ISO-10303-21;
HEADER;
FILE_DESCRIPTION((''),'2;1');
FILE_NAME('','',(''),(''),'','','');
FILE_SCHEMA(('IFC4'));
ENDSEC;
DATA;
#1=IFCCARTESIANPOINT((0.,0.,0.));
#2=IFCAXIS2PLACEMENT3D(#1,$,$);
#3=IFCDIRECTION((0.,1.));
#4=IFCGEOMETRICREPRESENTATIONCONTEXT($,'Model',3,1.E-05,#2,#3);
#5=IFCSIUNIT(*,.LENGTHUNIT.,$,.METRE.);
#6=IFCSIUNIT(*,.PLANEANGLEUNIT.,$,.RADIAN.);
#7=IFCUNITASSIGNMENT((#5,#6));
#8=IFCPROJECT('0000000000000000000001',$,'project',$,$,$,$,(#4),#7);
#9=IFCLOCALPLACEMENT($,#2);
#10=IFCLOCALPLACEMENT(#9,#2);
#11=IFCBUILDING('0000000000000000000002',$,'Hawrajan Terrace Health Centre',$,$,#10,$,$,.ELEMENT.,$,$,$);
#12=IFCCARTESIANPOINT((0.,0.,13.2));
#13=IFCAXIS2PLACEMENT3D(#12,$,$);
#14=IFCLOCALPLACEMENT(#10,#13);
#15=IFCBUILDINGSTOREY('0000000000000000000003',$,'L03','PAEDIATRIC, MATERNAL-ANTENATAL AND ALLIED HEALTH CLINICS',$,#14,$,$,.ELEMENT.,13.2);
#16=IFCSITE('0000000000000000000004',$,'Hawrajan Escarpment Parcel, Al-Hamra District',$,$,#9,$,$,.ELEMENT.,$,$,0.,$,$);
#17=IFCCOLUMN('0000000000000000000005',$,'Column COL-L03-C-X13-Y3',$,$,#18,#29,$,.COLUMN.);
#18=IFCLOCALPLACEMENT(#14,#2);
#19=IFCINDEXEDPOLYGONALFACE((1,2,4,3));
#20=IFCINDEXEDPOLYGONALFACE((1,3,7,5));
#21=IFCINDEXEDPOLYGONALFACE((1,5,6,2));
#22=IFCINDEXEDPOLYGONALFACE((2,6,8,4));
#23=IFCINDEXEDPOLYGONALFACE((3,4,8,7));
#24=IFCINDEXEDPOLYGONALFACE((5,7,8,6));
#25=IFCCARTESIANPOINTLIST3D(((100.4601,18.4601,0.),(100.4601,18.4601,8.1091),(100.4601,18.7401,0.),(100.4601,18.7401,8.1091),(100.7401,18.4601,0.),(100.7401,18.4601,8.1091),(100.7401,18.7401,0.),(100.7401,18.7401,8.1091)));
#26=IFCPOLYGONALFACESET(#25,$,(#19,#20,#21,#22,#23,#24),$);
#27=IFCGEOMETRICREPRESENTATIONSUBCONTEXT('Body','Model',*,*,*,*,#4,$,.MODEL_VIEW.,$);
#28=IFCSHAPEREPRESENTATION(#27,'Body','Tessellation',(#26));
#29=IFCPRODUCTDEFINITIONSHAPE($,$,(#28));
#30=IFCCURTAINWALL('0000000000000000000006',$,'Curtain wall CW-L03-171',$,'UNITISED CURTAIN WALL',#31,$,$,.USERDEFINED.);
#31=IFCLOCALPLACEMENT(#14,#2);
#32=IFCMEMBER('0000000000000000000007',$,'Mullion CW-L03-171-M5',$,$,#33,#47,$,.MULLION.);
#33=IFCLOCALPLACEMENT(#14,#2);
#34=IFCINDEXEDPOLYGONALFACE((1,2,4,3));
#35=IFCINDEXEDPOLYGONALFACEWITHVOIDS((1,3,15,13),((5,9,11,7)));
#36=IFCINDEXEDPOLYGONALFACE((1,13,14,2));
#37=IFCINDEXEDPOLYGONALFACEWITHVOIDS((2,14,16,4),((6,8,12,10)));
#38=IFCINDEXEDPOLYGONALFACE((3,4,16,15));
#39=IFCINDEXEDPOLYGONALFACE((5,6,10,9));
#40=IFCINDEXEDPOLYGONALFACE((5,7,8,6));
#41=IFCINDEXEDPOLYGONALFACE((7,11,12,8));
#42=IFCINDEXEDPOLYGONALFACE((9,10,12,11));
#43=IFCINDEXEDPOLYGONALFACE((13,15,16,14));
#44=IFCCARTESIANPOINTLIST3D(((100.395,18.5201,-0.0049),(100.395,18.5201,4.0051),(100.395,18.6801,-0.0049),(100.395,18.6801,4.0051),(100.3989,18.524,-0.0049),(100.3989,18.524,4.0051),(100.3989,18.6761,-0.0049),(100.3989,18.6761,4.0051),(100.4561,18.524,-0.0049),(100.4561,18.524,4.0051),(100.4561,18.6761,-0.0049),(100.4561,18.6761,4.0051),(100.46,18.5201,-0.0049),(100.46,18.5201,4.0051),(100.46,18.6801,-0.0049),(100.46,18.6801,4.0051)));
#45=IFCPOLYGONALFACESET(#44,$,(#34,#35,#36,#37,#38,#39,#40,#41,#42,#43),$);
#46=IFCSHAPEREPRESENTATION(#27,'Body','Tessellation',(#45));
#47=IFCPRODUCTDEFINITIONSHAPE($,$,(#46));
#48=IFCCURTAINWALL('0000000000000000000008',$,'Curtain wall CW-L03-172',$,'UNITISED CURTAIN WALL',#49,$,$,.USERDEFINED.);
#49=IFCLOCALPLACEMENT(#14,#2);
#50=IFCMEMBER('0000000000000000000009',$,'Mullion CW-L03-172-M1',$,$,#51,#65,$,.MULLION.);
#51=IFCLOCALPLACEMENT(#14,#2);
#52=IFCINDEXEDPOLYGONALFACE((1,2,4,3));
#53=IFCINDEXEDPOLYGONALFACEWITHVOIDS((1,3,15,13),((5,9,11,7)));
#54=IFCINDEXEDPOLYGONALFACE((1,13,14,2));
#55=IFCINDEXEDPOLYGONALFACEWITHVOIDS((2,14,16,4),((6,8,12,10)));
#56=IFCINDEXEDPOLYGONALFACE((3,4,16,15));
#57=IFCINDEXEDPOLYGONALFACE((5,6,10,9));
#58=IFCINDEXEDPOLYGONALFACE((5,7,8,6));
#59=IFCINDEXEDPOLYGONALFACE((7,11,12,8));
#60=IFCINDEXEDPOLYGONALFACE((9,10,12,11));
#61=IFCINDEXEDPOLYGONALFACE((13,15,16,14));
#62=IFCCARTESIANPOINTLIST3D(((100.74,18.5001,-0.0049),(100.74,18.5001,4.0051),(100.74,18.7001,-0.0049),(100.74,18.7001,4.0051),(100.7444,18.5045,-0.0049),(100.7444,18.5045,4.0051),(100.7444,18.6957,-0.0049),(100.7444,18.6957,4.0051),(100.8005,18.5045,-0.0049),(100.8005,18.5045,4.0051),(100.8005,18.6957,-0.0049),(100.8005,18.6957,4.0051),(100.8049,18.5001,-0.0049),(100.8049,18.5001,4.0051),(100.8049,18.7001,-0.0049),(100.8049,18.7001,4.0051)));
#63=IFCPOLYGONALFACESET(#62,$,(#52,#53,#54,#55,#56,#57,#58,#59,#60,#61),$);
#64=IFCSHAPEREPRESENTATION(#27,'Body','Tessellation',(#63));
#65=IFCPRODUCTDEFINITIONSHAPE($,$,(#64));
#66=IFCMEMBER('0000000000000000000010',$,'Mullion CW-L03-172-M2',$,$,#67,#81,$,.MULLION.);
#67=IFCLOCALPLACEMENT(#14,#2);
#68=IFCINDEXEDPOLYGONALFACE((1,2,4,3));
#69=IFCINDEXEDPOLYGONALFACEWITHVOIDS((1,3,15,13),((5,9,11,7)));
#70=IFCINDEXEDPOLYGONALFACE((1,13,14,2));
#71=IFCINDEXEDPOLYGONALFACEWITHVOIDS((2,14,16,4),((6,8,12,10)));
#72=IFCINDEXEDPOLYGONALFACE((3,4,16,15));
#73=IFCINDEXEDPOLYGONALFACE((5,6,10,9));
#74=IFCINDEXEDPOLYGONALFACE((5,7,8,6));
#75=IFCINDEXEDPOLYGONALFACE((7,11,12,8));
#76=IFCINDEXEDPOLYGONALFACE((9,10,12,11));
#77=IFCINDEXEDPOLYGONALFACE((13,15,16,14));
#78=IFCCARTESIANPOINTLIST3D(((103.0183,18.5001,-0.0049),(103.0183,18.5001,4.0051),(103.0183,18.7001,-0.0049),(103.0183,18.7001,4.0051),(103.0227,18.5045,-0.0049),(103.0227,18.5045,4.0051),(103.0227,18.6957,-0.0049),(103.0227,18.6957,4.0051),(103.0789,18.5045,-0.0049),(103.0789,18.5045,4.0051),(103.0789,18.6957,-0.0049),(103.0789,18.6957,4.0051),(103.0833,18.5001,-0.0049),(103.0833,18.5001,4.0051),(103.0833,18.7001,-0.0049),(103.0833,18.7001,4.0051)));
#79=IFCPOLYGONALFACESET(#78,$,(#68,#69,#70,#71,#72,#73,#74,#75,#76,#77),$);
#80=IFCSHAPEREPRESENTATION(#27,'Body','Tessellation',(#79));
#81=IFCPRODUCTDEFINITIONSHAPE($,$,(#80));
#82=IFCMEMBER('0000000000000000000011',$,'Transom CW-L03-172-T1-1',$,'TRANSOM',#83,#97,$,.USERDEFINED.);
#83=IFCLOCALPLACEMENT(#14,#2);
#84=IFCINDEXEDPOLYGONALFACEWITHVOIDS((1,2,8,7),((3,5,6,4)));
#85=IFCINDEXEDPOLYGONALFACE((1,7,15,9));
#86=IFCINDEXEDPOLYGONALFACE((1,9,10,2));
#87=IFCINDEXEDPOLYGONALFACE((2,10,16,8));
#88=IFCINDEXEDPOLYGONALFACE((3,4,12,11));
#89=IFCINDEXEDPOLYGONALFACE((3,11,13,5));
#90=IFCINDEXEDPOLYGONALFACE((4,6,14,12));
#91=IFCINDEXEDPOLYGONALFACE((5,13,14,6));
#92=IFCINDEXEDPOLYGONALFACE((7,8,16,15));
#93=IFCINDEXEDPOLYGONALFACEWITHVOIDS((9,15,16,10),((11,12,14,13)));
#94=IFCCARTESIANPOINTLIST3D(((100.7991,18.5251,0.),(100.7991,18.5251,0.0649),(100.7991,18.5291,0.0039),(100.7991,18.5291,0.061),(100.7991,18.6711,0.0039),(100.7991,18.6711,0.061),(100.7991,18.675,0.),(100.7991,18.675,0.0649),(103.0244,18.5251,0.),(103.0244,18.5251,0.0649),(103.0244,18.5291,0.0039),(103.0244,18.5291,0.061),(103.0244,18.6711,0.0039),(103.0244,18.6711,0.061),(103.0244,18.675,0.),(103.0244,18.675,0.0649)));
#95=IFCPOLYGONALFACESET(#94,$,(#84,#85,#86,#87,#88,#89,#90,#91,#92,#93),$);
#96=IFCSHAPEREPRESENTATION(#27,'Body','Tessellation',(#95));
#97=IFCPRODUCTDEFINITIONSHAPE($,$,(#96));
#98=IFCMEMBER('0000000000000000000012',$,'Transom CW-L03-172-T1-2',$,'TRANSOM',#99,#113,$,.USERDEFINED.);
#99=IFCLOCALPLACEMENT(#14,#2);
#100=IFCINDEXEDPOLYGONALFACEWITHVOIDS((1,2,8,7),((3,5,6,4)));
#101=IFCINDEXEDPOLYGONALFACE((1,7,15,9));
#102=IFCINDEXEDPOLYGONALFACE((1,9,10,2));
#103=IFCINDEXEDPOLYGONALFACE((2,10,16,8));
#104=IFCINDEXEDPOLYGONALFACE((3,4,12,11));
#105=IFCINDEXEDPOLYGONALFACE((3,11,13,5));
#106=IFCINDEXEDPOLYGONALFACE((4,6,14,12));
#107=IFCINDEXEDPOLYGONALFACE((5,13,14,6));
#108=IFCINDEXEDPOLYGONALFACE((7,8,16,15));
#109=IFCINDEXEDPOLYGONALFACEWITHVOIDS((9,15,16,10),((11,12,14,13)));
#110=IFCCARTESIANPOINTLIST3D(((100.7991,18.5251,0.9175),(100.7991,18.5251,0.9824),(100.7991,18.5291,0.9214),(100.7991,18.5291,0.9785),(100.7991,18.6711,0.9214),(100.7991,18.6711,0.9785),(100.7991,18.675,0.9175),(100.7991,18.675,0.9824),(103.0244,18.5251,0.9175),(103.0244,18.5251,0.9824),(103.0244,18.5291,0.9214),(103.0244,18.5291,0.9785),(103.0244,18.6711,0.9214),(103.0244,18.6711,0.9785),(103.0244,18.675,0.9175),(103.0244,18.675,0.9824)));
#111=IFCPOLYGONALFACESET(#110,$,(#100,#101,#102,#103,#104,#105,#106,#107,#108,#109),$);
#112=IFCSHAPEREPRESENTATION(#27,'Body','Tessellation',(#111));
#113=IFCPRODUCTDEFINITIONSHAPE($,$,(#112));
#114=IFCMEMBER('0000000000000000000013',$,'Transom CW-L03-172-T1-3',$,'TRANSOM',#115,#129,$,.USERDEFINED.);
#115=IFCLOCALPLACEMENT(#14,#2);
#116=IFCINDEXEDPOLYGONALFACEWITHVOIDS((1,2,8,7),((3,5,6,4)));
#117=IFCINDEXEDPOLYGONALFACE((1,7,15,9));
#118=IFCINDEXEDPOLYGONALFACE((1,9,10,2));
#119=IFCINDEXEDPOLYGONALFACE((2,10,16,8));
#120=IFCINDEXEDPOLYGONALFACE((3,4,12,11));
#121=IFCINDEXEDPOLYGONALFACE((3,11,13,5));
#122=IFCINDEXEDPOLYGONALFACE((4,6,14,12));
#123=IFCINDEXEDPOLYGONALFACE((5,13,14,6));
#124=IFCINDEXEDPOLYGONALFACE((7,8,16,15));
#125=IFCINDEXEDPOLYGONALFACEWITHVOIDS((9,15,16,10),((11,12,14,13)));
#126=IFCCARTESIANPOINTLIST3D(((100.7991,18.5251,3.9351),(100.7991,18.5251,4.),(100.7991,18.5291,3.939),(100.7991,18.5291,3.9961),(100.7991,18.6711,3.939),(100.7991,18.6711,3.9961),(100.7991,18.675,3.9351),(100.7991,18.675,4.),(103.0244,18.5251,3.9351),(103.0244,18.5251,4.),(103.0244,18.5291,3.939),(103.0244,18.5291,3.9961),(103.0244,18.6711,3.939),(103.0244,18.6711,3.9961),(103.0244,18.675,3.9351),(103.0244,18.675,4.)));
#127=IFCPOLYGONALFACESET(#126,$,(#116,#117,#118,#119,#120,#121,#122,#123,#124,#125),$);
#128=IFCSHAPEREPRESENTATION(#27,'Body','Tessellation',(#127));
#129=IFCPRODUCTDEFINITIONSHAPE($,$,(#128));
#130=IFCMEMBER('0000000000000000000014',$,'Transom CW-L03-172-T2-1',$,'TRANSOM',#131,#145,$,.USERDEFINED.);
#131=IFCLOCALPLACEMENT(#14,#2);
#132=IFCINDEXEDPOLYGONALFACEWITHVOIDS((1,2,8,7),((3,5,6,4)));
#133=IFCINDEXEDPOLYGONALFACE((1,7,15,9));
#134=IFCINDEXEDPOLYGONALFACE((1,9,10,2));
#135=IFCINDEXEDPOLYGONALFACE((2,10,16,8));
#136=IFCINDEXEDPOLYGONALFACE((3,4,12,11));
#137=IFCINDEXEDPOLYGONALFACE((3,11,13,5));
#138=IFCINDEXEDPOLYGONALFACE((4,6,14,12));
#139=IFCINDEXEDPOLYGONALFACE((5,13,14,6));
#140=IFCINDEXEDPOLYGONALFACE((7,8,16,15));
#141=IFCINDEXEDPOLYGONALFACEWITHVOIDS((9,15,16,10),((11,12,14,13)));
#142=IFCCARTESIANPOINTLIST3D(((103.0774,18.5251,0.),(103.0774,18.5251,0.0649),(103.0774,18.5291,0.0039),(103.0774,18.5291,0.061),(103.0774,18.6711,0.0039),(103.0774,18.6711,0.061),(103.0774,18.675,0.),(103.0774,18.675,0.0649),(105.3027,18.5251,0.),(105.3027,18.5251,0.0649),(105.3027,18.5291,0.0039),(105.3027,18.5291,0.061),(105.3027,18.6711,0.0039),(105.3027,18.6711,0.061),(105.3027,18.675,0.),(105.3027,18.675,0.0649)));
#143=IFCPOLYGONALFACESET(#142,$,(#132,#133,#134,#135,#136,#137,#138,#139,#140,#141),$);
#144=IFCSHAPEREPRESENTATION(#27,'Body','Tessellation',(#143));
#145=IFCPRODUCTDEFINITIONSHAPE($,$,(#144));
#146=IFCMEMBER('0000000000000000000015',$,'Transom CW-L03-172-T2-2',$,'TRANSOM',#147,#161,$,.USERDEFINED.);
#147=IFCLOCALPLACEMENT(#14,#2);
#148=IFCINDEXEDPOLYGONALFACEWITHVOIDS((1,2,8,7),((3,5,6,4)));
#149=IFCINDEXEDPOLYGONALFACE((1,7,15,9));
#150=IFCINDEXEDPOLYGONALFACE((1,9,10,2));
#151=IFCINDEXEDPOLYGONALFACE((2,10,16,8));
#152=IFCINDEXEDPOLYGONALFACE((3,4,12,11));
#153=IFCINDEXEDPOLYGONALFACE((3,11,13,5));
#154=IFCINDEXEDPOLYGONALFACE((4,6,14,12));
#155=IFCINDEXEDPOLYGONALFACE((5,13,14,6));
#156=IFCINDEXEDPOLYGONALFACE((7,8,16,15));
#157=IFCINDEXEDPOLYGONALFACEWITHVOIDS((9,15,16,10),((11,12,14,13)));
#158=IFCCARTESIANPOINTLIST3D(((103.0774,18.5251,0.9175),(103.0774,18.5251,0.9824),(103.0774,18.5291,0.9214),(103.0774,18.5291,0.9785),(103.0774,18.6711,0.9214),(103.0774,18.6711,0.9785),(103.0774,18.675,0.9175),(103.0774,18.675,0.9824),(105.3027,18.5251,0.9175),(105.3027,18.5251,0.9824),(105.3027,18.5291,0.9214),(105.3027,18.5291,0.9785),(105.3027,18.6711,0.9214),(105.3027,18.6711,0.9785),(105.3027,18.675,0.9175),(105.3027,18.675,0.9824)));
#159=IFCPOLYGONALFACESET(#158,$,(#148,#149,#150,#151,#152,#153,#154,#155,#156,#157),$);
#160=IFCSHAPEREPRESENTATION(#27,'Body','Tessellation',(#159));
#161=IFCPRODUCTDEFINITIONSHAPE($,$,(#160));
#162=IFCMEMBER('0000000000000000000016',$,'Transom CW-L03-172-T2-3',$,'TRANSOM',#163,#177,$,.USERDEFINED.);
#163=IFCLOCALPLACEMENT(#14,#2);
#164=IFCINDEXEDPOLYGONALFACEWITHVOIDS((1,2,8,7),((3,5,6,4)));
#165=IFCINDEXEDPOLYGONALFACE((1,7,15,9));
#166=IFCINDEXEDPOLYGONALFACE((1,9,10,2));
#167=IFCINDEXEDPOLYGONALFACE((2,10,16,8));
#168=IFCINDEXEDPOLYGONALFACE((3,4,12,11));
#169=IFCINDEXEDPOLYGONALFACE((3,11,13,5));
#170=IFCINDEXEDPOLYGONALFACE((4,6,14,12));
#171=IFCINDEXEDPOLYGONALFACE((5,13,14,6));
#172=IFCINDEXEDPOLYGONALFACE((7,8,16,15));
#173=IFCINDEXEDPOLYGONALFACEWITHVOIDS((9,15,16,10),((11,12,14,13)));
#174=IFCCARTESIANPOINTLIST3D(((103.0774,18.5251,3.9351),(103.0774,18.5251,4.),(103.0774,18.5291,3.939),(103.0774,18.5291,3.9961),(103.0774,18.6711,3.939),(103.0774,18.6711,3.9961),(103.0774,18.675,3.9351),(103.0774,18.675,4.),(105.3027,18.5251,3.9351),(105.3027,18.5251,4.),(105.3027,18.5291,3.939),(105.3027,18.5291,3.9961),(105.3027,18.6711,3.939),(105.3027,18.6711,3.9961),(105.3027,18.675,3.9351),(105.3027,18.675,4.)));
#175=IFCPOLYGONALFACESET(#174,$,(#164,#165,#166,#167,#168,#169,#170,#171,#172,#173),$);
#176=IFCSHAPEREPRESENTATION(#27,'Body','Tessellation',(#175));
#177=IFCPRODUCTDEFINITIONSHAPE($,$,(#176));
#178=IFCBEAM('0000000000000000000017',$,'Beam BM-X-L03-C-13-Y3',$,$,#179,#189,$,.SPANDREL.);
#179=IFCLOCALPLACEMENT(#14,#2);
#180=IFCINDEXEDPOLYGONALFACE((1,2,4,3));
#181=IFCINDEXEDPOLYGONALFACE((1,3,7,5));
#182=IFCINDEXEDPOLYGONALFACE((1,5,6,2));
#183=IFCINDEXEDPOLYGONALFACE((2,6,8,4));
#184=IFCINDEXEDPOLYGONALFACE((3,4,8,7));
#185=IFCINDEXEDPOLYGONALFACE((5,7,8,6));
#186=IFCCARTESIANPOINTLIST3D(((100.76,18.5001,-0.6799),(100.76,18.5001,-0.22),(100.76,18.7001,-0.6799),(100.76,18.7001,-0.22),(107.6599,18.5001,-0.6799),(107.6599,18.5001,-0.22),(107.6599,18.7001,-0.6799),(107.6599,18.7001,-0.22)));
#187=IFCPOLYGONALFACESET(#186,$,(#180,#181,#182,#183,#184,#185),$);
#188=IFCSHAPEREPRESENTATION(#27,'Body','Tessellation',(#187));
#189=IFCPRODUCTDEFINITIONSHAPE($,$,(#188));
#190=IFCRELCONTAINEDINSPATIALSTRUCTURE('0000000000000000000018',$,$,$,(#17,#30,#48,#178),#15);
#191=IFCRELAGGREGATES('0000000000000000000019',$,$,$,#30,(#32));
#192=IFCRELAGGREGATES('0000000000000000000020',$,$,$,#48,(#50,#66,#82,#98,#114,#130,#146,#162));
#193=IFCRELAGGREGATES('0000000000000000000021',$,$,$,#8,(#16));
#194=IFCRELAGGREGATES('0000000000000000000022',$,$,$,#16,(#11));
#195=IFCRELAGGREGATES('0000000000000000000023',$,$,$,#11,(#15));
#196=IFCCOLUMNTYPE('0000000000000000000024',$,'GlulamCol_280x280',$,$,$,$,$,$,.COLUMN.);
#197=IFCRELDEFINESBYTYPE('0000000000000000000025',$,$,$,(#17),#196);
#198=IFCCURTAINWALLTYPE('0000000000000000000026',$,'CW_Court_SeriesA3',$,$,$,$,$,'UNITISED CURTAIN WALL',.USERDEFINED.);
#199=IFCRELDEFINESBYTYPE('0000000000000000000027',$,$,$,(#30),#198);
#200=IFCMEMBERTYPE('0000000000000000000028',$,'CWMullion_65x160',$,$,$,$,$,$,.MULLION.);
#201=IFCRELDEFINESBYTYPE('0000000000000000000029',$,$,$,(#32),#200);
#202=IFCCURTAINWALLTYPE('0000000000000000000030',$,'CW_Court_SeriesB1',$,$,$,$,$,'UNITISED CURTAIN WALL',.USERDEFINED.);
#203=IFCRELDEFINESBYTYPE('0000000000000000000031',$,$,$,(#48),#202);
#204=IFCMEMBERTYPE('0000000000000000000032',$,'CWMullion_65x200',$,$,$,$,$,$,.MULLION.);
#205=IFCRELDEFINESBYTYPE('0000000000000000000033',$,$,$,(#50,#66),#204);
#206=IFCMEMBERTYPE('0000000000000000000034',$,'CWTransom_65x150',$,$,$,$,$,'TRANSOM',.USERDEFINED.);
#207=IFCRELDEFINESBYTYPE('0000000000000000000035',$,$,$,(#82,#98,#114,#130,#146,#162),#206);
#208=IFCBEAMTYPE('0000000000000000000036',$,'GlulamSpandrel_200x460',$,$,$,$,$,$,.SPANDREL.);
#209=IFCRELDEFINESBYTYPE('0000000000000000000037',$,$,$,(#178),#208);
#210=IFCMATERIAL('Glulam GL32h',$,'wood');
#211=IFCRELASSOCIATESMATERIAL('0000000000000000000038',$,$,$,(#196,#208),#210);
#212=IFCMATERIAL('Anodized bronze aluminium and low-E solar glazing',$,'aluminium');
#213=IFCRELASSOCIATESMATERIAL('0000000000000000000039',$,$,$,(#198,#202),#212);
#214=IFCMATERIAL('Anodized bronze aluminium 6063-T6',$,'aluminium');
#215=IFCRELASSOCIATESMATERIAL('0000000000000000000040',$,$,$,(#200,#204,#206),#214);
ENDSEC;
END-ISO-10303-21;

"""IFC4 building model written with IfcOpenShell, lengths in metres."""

from ifc_helpers import new_model, si_unit, direction, frame, origin, origin_2d, place, context, subcontext, project, spatial, rectangle, hollow_rectangle, extrude, material, material_profile, profile_set, type_object, element, aggregate, save


model = new_model("IFC4")

# Units and contexts
model_context = context("Model", 3, precision=1e-05, world=origin(), true_north=direction((0.0, 1.0)))
body_context = subcontext(model_context, "Body", "Model", "MODEL_VIEW")
ifc_project = project(units=[si_unit("LENGTHUNIT", "METRE"), si_unit("PLANEANGLEUNIT", "RADIAN")], contexts=[model_context])

# Site, building, storey
site_placement = place(None, origin())
site = spatial("IfcSite", under=ifc_project, at=site_placement, Name="Hawrajan Escarpment Parcel, Al-Hamra District", CompositionType="ELEMENT", RefElevation=0.0)
building_placement = place(site_placement, origin())
building = spatial("IfcBuilding", under=site, at=building_placement, Name="Hawrajan Terrace Health Centre", CompositionType="ELEMENT")
storey_placement = place(building_placement, frame((0.0, 0.0, 13.2)))
storey = spatial("IfcBuildingStorey", under=building, at=storey_placement, Name="L03", Description="PAEDIATRIC, MATERNAL-ANTENATAL AND ALLIED HEALTH CLINICS", CompositionType="ELEMENT", Elevation=13.2)

# Column
ifc_material_1 = material(Name="Glulam GL32h", Category="wood")
ifc_material_profile_1 = material_profile(ifc_material_1, rectangle(XDim=0.28, YDim=0.28, at=origin_2d()), Name="GL 280x280")
ifc_profile_set_1 = profile_set([ifc_material_profile_1], Name="Glulam GL32h")
column_type = type_object("IfcColumnType", Name="GlulamCol_280x280", PredefinedType="COLUMN", material=ifc_profile_set_1)
column_placement = place(storey_placement, frame((100.6001, 18.6001, 0.0), z_axis=(0.0, 0.0, 1.0), x_axis=(1.0, 0.0, 0.0)))
element("IfcColumn", 1, at=column_placement, inside=storey, type_object=column_type, Name="Column COL-L03-C-X13-Y3", PredefinedType="COLUMN", context=body_context, shape_type="SweptSolid", body=[
    extrude(rectangle(XDim=0.28, YDim=0.28, at=origin_2d()), origin(), (0.0, 0.0, 1.0), 8.1091),
])

# Curtain wall, member
ifc_material_2 = material(Name="Anodized bronze aluminium and low-E solar glazing", Category="aluminium")
curtain_wall_type_1 = type_object("IfcCurtainWallType", Name="CW_Court_SeriesA3", ElementType="UNITISED CURTAIN WALL", PredefinedType="USERDEFINED", material=ifc_material_2)
curtain_wall_1_placement = place(storey_placement, origin())
curtain_wall_1 = element("IfcCurtainWall", 2, at=curtain_wall_1_placement, inside=storey, type_object=curtain_wall_type_1, Name="Curtain wall CW-L03-171", ObjectType="UNITISED CURTAIN WALL", PredefinedType="USERDEFINED")
ifc_material_3 = material(Name="Anodized bronze aluminium 6063-T6", Category="aluminium")
ifc_material_profile_2 = material_profile(ifc_material_3, hollow_rectangle(XDim=0.0649, YDim=0.1599, WallThickness=0.0039, at=origin_2d()), Name="CW MUL 65x160")
ifc_profile_set_2 = profile_set([ifc_material_profile_2], Name="Anodized bronze aluminium 6063-T6")
member_type_1 = type_object("IfcMemberType", Name="CWMullion_65x160", PredefinedType="MULLION", material=ifc_profile_set_2)
member_1_placement = place(storey_placement, frame((100.4275, 18.6001, -0.0049), z_axis=(0.0, 0.0, 1.0), x_axis=(1.0, 0.0, 0.0)))
member_1 = element("IfcMember", 3, at=member_1_placement, type_object=member_type_1, Name="Mullion CW-L03-171-M5", PredefinedType="MULLION", context=body_context, shape_type="SweptSolid", body=[
    extrude(hollow_rectangle(XDim=0.0649, YDim=0.1599, WallThickness=0.0039, at=origin_2d()), origin(), (0.0, 0.0, 1.0), 4.01),
])

# Curtain wall, members
curtain_wall_type_2 = type_object("IfcCurtainWallType", Name="CW_Court_SeriesB1", ElementType="UNITISED CURTAIN WALL", PredefinedType="USERDEFINED", material=ifc_material_2)
curtain_wall_2_placement = place(storey_placement, origin())
curtain_wall_2 = element("IfcCurtainWall", 4, at=curtain_wall_2_placement, inside=storey, type_object=curtain_wall_type_2, Name="Curtain wall CW-L03-172", ObjectType="UNITISED CURTAIN WALL", PredefinedType="USERDEFINED")
ifc_material_profile_3 = material_profile(ifc_material_3, hollow_rectangle(XDim=0.0649, YDim=0.2, WallThickness=0.0044, at=origin_2d()), Name="CW MUL 65x200")
ifc_profile_set_3 = profile_set([ifc_material_profile_3], Name="Anodized bronze aluminium 6063-T6")
member_type_2 = type_object("IfcMemberType", Name="CWMullion_65x200", PredefinedType="MULLION", material=ifc_profile_set_3)
member_2_placement = place(storey_placement, frame((100.7725, 18.6001, -0.0049), z_axis=(0.0, 0.0, 1.0), x_axis=(1.0, 0.0, 0.0)))
member_2 = element("IfcMember", 5, at=member_2_placement, type_object=member_type_2, Name="Mullion CW-L03-172-M1", PredefinedType="MULLION", context=body_context, shape_type="SweptSolid", body=[
    extrude(hollow_rectangle(XDim=0.0649, YDim=0.2, WallThickness=0.0044, at=origin_2d()), origin(), (0.0, 0.0, 1.0), 4.01),
])
member_3_placement = place(storey_placement, frame((103.0508, 18.6001, -0.0049), z_axis=(0.0, 0.0, 1.0), x_axis=(1.0, 0.0, 0.0)))
member_3 = element("IfcMember", 6, at=member_3_placement, type_object=member_type_2, Name="Mullion CW-L03-172-M2", PredefinedType="MULLION", context=body_context, shape_type="SweptSolid", body=[
    extrude(hollow_rectangle(XDim=0.0649, YDim=0.2, WallThickness=0.0044, at=origin_2d()), origin(), (0.0, 0.0, 1.0), 4.01),
])
ifc_material_profile_4 = material_profile(ifc_material_3, hollow_rectangle(XDim=0.0649, YDim=0.1499, WallThickness=0.0039, at=origin_2d()), Name="CW TRN 65x150")
ifc_profile_set_4 = profile_set([ifc_material_profile_4], Name="Anodized bronze aluminium 6063-T6")
member_type_3 = type_object("IfcMemberType", Name="CWTransom_65x150", ElementType="TRANSOM", PredefinedType="USERDEFINED", material=ifc_profile_set_4)
member_4_placement = place(storey_placement, frame((100.7991, 18.6001, 0.0325), z_axis=(1.0, 0.0, 0.0), x_axis=(0.0, 0.0, 1.0)))
member_4 = element("IfcMember", 7, at=member_4_placement, type_object=member_type_3, Name="Transom CW-L03-172-T1-1", ObjectType="TRANSOM", PredefinedType="USERDEFINED", context=body_context, shape_type="SweptSolid", body=[
    extrude(hollow_rectangle(XDim=0.0649, YDim=0.1499, WallThickness=0.0039, at=origin_2d()), origin(), (0.0, 0.0, 1.0), 2.2253),
])
member_5_placement = place(storey_placement, frame((100.7991, 18.6001, 0.95), z_axis=(1.0, 0.0, 0.0), x_axis=(0.0, 0.0, 1.0)))
member_5 = element("IfcMember", 8, at=member_5_placement, type_object=member_type_3, Name="Transom CW-L03-172-T1-2", ObjectType="TRANSOM", PredefinedType="USERDEFINED", context=body_context, shape_type="SweptSolid", body=[
    extrude(hollow_rectangle(XDim=0.0649, YDim=0.1499, WallThickness=0.0039, at=origin_2d()), origin(), (0.0, 0.0, 1.0), 2.2253),
])
member_6_placement = place(storey_placement, frame((100.7991, 18.6001, 3.9675), z_axis=(1.0, 0.0, 0.0), x_axis=(0.0, 0.0, 1.0)))
member_6 = element("IfcMember", 9, at=member_6_placement, type_object=member_type_3, Name="Transom CW-L03-172-T1-3", ObjectType="TRANSOM", PredefinedType="USERDEFINED", context=body_context, shape_type="SweptSolid", body=[
    extrude(hollow_rectangle(XDim=0.0649, YDim=0.1499, WallThickness=0.0039, at=origin_2d()), origin(), (0.0, 0.0, 1.0), 2.2253),
])
member_7_placement = place(storey_placement, frame((103.0774, 18.6001, 0.0325), z_axis=(1.0, 0.0, 0.0), x_axis=(0.0, 0.0, 1.0)))
member_7 = element("IfcMember", 10, at=member_7_placement, type_object=member_type_3, Name="Transom CW-L03-172-T2-1", ObjectType="TRANSOM", PredefinedType="USERDEFINED", context=body_context, shape_type="SweptSolid", body=[
    extrude(hollow_rectangle(XDim=0.0649, YDim=0.1499, WallThickness=0.0039, at=origin_2d()), origin(), (0.0, 0.0, 1.0), 2.2253),
])
member_8_placement = place(storey_placement, frame((103.0774, 18.6001, 0.95), z_axis=(1.0, 0.0, 0.0), x_axis=(0.0, 0.0, 1.0)))
member_8 = element("IfcMember", 11, at=member_8_placement, type_object=member_type_3, Name="Transom CW-L03-172-T2-2", ObjectType="TRANSOM", PredefinedType="USERDEFINED", context=body_context, shape_type="SweptSolid", body=[
    extrude(hollow_rectangle(XDim=0.0649, YDim=0.1499, WallThickness=0.0039, at=origin_2d()), origin(), (0.0, 0.0, 1.0), 2.2253),
])
member_9_placement = place(storey_placement, frame((103.0774, 18.6001, 3.9675), z_axis=(1.0, 0.0, 0.0), x_axis=(0.0, 0.0, 1.0)))
member_9 = element("IfcMember", 12, at=member_9_placement, type_object=member_type_3, Name="Transom CW-L03-172-T2-3", ObjectType="TRANSOM", PredefinedType="USERDEFINED", context=body_context, shape_type="SweptSolid", body=[
    extrude(hollow_rectangle(XDim=0.0649, YDim=0.1499, WallThickness=0.0039, at=origin_2d()), origin(), (0.0, 0.0, 1.0), 2.2253),
])

# Beam
ifc_material_profile_5 = material_profile(ifc_material_1, rectangle(XDim=0.2, YDim=0.46, at=origin_2d()), Name="GL SP 200x460")
ifc_profile_set_5 = profile_set([ifc_material_profile_5], Name="Glulam GL32h")
beam_type = type_object("IfcBeamType", Name="GlulamSpandrel_200x460", PredefinedType="SPANDREL", material=ifc_profile_set_5)
beam_placement = place(storey_placement, frame((100.76, 18.6001, -0.45), z_axis=(1.0, 0.0, 0.0), x_axis=(0.0, 1.0, 0.0)))
element("IfcBeam", 13, at=beam_placement, inside=storey, type_object=beam_type, Name="Beam BM-X-L03-C-13-Y3", PredefinedType="SPANDREL", context=body_context, shape_type="SweptSolid", body=[
    extrude(rectangle(XDim=0.2, YDim=0.46, at=origin_2d()), origin(), (0.0, 0.0, 1.0), 6.8999),
])

aggregate(curtain_wall_1, [member_1])
aggregate(curtain_wall_2, [member_2, member_3, member_4, member_5, member_6, member_7, member_8, member_9])

save(model, "model.ifc")
